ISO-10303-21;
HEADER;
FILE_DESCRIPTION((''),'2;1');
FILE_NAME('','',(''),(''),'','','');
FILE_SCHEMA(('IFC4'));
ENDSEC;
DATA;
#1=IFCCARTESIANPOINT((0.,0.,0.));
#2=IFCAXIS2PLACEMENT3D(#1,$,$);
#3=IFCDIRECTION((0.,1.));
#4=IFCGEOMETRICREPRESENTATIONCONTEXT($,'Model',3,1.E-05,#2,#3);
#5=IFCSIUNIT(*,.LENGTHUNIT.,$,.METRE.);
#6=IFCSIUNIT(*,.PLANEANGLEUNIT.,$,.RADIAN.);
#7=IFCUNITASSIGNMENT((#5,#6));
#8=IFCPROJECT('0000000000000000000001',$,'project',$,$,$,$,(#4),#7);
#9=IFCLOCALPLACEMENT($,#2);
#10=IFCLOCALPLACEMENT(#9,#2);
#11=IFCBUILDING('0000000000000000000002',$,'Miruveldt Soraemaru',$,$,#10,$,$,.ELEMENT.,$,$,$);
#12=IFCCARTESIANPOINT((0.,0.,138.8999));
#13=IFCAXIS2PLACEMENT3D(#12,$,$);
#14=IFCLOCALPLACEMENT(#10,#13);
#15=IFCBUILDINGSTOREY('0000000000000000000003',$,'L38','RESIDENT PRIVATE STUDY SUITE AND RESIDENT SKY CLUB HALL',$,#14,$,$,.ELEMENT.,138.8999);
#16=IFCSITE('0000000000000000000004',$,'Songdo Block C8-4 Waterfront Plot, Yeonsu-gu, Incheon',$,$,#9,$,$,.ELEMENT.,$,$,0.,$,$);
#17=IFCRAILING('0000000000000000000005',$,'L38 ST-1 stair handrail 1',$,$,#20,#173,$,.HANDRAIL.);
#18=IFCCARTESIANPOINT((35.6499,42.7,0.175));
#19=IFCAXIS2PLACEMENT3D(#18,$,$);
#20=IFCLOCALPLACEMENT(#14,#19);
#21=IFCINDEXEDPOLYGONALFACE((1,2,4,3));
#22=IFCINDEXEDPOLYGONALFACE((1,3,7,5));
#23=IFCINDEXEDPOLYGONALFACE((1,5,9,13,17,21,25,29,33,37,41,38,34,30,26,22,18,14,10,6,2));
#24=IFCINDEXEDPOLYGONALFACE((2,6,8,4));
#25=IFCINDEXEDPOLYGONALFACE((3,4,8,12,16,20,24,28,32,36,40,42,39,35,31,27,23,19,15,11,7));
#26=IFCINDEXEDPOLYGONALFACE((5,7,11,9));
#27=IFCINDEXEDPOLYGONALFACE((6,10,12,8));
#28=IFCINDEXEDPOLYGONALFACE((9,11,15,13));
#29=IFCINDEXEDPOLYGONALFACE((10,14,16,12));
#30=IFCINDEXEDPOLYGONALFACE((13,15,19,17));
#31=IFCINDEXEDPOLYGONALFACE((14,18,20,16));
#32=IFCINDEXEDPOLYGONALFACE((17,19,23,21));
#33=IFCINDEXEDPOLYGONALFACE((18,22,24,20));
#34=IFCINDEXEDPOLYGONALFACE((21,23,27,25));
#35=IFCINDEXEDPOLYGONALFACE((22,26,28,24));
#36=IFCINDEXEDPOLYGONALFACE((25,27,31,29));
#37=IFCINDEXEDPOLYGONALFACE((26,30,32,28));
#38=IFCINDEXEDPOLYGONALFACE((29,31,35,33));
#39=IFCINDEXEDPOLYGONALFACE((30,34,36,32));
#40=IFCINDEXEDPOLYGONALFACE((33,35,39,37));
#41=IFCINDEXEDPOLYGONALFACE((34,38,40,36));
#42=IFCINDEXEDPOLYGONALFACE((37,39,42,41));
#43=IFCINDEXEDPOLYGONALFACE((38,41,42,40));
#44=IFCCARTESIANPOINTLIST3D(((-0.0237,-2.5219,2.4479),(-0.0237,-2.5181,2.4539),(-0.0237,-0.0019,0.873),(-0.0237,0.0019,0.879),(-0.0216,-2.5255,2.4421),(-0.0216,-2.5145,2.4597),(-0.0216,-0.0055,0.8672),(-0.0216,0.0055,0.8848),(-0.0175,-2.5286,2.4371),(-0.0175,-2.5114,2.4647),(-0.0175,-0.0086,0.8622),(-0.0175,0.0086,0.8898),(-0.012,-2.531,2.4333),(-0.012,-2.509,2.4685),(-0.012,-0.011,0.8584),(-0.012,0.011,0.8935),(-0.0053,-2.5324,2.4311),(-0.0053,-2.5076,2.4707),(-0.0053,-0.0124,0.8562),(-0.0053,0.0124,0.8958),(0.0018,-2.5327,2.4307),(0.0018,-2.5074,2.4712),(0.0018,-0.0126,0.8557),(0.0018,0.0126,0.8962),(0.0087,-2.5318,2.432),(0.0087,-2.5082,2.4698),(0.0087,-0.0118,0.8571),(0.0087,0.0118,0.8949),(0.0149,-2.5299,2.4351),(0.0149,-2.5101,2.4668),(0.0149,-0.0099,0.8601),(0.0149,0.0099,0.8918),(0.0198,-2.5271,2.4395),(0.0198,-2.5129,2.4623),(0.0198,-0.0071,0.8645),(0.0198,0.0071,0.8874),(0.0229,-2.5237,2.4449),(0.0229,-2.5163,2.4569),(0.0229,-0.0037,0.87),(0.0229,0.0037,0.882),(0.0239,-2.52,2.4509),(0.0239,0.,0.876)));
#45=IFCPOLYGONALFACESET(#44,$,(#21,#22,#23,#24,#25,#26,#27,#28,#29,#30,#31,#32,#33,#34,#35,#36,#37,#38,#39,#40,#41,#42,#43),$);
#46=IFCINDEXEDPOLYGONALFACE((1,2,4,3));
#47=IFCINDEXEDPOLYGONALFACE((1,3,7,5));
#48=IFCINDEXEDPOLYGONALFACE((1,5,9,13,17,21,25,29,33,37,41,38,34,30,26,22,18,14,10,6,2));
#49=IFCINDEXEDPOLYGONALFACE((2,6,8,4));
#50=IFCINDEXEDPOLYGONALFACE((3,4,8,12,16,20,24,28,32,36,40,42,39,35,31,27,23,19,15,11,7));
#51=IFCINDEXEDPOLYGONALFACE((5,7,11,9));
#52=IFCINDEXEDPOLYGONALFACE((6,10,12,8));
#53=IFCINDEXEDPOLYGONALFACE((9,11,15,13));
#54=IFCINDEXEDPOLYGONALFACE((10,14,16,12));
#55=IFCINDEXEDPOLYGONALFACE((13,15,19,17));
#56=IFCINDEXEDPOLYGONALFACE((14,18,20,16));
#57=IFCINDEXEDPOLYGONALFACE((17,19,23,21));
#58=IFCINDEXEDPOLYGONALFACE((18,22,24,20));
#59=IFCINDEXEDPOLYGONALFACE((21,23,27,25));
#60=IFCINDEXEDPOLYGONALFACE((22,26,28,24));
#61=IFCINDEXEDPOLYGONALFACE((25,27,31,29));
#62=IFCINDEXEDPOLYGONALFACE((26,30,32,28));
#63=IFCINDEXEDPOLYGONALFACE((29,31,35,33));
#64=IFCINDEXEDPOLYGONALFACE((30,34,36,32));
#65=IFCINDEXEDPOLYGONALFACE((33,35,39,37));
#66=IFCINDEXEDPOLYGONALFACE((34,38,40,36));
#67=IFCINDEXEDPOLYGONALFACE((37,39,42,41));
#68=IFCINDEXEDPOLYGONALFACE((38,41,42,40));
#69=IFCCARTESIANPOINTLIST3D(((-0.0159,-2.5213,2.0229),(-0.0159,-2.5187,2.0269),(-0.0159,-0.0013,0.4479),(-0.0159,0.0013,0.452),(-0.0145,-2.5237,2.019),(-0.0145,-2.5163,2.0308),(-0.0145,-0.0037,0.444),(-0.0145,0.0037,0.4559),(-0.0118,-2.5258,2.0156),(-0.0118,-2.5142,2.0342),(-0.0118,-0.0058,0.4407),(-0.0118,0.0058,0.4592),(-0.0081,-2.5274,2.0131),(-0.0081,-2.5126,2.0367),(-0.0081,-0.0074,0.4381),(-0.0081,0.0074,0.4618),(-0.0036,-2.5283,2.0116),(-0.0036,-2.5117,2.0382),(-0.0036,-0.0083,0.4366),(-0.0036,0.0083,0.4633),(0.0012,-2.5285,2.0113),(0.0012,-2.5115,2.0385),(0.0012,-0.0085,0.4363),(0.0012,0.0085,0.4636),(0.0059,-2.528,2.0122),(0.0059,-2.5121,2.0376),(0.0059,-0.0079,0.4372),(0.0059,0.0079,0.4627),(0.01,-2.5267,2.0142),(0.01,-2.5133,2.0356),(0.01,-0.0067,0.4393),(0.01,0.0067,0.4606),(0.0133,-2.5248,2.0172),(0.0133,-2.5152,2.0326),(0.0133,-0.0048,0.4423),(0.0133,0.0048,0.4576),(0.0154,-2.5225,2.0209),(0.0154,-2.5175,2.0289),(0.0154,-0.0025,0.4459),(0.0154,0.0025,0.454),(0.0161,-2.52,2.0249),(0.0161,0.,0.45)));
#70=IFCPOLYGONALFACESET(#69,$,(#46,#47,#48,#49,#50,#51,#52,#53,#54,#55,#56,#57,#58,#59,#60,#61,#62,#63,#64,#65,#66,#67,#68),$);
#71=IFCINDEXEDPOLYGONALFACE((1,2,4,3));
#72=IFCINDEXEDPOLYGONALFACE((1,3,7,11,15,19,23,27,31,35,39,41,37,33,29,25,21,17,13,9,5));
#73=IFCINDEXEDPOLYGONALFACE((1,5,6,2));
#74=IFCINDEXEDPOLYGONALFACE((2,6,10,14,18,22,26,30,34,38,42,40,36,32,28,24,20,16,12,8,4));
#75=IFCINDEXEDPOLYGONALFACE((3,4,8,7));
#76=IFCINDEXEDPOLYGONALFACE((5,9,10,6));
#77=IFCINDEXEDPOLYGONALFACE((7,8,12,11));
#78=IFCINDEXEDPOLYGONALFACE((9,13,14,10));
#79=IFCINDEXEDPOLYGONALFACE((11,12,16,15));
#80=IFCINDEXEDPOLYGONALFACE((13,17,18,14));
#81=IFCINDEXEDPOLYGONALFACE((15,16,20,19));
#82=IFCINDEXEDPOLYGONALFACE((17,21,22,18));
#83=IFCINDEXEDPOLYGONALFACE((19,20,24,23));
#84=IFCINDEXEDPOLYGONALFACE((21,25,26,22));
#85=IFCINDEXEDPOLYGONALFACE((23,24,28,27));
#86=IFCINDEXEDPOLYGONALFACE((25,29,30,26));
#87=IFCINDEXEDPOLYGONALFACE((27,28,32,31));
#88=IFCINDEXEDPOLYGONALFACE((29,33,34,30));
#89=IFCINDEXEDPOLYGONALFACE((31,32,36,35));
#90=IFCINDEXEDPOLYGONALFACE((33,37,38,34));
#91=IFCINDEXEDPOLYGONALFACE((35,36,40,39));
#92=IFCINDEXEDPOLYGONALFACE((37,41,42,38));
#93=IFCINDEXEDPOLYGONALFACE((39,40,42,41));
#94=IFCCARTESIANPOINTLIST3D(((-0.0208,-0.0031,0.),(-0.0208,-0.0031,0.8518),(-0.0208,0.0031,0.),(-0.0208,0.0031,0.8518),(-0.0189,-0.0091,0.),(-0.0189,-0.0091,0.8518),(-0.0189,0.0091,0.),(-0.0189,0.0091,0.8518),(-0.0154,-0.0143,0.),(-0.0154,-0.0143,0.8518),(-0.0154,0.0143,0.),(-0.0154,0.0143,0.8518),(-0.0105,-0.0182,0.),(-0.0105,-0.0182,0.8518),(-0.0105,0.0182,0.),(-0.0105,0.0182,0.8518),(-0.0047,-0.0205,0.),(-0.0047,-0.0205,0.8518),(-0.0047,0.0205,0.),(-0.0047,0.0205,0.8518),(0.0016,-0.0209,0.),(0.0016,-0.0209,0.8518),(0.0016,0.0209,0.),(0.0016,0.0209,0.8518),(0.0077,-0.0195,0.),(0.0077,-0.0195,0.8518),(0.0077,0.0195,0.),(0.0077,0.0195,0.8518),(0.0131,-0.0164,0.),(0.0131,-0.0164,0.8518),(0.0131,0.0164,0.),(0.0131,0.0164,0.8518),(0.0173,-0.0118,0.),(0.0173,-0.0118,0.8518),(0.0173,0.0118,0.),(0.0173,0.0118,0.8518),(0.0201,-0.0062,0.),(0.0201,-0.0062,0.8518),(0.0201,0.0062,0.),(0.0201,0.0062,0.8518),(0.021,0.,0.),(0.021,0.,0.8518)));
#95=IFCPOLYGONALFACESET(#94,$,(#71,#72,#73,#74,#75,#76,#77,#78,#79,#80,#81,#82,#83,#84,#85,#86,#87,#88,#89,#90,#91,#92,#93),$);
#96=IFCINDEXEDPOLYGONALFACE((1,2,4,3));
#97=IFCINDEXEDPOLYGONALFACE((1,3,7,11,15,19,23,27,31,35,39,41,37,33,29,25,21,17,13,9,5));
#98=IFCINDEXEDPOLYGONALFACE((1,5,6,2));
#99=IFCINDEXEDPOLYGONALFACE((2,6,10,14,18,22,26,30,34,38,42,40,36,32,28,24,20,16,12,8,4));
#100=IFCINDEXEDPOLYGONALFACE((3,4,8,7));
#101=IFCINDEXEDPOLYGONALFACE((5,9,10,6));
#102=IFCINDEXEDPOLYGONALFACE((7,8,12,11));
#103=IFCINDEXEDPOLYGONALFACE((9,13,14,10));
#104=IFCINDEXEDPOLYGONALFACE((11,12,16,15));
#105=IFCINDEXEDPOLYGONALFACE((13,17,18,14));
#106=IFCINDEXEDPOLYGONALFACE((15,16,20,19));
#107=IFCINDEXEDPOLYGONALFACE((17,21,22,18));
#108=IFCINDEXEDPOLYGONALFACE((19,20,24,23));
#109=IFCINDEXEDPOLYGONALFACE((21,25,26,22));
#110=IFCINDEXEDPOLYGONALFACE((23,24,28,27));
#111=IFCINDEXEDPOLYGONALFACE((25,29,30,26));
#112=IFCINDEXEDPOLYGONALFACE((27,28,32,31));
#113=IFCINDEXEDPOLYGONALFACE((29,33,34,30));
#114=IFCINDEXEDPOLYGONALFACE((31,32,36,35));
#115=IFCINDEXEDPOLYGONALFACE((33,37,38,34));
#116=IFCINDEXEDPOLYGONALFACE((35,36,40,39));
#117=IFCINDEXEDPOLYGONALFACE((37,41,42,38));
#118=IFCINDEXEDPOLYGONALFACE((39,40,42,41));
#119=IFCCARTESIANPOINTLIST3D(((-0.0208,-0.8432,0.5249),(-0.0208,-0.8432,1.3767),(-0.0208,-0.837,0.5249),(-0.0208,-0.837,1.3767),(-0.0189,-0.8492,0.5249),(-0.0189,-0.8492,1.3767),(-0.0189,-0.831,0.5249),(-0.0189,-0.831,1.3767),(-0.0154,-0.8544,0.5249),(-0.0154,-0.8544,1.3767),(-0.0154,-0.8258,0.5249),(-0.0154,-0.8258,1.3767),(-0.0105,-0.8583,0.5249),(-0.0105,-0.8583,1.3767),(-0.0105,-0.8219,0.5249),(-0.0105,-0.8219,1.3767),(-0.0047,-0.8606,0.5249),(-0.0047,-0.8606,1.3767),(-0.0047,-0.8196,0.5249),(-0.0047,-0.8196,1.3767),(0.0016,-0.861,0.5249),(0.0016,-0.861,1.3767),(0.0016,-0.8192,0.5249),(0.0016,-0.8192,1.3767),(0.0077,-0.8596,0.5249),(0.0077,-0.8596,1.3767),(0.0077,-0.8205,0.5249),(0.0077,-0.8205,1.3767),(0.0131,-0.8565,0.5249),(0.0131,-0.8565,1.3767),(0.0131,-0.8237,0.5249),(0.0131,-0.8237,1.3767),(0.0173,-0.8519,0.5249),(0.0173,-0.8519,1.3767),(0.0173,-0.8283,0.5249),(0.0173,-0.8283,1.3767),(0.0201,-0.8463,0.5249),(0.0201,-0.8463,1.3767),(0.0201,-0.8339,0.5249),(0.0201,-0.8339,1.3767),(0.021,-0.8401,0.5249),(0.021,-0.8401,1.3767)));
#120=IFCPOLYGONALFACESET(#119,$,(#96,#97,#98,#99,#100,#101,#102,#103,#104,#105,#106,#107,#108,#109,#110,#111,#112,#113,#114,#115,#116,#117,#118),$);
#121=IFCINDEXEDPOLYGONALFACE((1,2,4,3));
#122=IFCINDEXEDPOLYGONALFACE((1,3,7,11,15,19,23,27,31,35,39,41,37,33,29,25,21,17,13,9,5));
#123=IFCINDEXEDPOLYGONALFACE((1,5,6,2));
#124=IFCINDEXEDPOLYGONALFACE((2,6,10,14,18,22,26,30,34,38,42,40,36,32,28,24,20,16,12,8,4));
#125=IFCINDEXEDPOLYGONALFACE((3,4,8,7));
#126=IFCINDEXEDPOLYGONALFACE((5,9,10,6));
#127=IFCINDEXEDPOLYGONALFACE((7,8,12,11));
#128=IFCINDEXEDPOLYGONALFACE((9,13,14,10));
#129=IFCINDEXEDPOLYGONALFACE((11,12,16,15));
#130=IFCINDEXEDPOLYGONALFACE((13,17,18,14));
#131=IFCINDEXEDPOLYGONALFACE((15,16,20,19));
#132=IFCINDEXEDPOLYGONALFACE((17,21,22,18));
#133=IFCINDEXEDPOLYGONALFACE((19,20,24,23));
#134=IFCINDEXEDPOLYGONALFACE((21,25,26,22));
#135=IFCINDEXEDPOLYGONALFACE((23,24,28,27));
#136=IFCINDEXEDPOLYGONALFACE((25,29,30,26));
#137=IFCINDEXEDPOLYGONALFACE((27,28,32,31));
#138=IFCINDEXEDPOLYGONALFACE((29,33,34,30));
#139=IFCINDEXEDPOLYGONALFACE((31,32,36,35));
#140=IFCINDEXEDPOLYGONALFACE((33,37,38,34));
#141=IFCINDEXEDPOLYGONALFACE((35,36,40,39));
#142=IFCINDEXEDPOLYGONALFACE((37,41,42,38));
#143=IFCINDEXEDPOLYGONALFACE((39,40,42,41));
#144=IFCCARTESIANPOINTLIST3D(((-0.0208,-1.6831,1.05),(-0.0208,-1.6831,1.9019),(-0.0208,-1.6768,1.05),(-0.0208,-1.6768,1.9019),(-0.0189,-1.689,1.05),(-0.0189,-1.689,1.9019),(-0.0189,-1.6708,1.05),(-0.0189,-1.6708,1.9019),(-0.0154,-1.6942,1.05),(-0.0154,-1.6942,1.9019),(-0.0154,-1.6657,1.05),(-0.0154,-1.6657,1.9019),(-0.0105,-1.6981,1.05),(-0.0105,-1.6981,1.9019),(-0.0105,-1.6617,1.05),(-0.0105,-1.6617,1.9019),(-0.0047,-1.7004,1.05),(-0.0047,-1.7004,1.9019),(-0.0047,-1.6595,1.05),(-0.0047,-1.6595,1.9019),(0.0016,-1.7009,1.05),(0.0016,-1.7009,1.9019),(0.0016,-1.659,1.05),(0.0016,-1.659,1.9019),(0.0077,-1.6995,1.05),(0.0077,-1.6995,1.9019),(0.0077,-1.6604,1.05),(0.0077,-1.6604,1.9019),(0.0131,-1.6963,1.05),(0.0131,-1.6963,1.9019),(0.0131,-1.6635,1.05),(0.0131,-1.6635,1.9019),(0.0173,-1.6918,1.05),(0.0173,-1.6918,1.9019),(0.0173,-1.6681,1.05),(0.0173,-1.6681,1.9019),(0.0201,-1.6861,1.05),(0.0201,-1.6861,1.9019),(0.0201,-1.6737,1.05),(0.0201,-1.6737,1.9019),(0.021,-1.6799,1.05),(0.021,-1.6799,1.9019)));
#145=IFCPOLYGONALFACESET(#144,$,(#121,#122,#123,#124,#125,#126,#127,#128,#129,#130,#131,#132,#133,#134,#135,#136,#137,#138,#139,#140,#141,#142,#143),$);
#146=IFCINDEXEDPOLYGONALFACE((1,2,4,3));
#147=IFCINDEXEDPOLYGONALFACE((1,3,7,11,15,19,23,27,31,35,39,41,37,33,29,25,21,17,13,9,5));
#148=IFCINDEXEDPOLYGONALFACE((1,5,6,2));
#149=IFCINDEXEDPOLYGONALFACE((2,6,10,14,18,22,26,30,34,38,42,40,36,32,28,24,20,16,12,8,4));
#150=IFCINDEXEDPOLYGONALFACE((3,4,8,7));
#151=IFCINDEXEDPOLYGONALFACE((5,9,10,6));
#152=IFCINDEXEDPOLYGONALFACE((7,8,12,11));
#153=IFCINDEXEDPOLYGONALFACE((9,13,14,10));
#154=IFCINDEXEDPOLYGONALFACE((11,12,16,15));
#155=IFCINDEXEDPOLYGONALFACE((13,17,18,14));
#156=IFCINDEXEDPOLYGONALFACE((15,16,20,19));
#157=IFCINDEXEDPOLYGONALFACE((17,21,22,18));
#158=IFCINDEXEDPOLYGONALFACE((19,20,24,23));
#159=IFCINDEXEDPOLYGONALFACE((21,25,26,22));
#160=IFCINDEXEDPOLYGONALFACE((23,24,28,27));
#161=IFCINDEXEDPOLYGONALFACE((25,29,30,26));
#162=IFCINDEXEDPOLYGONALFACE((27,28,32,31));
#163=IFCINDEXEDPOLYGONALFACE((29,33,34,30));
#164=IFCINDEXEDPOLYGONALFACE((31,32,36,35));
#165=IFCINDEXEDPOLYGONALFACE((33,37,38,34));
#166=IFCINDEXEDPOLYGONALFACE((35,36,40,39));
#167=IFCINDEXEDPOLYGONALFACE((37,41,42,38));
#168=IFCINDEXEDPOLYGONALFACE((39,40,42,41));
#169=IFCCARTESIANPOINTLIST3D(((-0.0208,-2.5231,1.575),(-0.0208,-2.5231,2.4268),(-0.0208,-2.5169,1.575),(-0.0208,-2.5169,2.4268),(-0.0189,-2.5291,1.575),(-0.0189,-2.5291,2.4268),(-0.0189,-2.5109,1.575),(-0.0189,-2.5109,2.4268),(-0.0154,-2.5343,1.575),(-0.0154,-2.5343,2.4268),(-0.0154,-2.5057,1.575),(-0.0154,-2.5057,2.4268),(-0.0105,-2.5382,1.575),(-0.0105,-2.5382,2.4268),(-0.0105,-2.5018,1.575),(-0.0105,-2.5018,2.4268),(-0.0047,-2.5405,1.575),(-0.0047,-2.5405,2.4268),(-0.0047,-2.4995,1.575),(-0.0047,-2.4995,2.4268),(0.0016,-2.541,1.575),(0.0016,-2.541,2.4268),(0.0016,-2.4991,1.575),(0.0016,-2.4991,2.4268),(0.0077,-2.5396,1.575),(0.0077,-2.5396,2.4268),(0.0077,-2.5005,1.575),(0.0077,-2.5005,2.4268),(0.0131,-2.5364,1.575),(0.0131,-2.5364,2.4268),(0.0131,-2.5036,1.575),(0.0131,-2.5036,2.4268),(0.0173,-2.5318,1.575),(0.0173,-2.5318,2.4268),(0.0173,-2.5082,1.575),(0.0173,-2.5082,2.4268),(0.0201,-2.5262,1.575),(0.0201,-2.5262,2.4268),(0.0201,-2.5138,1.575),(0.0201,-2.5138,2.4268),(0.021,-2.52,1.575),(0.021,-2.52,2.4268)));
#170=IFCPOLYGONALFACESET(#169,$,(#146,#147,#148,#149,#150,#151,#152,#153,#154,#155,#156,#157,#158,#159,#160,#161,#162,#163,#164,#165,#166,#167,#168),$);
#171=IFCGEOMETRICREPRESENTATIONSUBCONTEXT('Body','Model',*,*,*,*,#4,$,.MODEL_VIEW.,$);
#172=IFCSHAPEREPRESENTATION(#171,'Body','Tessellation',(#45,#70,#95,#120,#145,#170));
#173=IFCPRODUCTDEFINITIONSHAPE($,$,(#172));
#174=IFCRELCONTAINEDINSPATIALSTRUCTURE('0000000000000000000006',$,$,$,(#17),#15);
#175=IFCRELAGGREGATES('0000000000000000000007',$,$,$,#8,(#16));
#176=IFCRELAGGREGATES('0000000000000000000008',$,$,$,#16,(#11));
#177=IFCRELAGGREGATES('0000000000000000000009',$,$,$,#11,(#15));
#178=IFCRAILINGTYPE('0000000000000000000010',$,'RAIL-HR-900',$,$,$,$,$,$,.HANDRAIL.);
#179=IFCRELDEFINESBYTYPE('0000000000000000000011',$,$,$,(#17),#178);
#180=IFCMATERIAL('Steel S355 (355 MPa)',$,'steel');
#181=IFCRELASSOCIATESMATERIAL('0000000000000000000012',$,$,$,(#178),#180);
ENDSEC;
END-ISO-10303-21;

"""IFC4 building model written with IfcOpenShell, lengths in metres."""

from ifc_helpers import new_model, si_unit, direction, frame, origin, origin_2d, place, context, subcontext, project, spatial, circle, extrude, material, type_object, element, save


model = new_model("IFC4")

# Units and contexts
model_context = context("Model", 3, precision=1e-05, world=origin(), true_north=direction((0.0, 1.0)))
body_context = subcontext(model_context, "Body", "Model", "MODEL_VIEW")
ifc_project = project(units=[si_unit("LENGTHUNIT", "METRE"), si_unit("PLANEANGLEUNIT", "RADIAN")], contexts=[model_context])

# Site, building, storey
site_placement = place(None, origin())
site = spatial("IfcSite", under=ifc_project, at=site_placement, Name="Songdo Block C8-4 Waterfront Plot, Yeonsu-gu, Incheon", CompositionType="ELEMENT", RefElevation=0.0)
building_placement = place(site_placement, origin())
building = spatial("IfcBuilding", under=site, at=building_placement, Name="Miruveldt Soraemaru", CompositionType="ELEMENT")
storey_placement = place(building_placement, frame((0.0, 0.0, 138.8999)))
storey = spatial("IfcBuildingStorey", under=building, at=storey_placement, Name="L38", Description="RESIDENT PRIVATE STUDY SUITE AND RESIDENT SKY CLUB HALL", CompositionType="ELEMENT", Elevation=138.8999)

# Railing
ifc_material_1 = material(Name="Steel S355 (355 MPa)", Category="steel")
railing_type_1 = type_object("IfcRailingType", Name="RAIL-HR-900", PredefinedType="HANDRAIL", material=ifc_material_1)
railing_1_placement = place(storey_placement, frame((35.6499, 42.7, 0.175)))
element("IfcRailing", 1, at=railing_1_placement, inside=storey, type_object=railing_type_1, Name="L38 ST-1 stair handrail 1", PredefinedType="HANDRAIL", context=body_context, shape_type="SweptSolid", body=[
    extrude(circle(Radius=0.0239, at=origin_2d()), frame((0.0, 0.0, 0.876), z_axis=(0.0, -0.848008, 0.529984), x_axis=(1.0, 0.0, 0.0)), (0.0, 0.0, 1.0), 2.9717),
    extrude(circle(Radius=0.0161, at=origin_2d()), frame((0.0, 0.0, 0.45), z_axis=(0.0, -0.848008, 0.529984), x_axis=(1.0, 0.0, 0.0)), (0.0, 0.0, 1.0), 2.9717),
    extrude(circle(Radius=0.021, at=origin_2d()), origin(), (0.0, 0.0, 1.0), 0.8518),
    extrude(circle(Radius=0.021, at=origin_2d()), frame((0.0, -0.8401, 0.5249)), (0.0, 0.0, 1.0), 0.8518),
    extrude(circle(Radius=0.021, at=origin_2d()), frame((0.0, -1.6799, 1.05)), (0.0, 0.0, 1.0), 0.8518),
    extrude(circle(Radius=0.021, at=origin_2d()), frame((0.0, -2.52, 1.575)), (0.0, 0.0, 1.0), 0.8518),
])

save(model, "model.ifc")
